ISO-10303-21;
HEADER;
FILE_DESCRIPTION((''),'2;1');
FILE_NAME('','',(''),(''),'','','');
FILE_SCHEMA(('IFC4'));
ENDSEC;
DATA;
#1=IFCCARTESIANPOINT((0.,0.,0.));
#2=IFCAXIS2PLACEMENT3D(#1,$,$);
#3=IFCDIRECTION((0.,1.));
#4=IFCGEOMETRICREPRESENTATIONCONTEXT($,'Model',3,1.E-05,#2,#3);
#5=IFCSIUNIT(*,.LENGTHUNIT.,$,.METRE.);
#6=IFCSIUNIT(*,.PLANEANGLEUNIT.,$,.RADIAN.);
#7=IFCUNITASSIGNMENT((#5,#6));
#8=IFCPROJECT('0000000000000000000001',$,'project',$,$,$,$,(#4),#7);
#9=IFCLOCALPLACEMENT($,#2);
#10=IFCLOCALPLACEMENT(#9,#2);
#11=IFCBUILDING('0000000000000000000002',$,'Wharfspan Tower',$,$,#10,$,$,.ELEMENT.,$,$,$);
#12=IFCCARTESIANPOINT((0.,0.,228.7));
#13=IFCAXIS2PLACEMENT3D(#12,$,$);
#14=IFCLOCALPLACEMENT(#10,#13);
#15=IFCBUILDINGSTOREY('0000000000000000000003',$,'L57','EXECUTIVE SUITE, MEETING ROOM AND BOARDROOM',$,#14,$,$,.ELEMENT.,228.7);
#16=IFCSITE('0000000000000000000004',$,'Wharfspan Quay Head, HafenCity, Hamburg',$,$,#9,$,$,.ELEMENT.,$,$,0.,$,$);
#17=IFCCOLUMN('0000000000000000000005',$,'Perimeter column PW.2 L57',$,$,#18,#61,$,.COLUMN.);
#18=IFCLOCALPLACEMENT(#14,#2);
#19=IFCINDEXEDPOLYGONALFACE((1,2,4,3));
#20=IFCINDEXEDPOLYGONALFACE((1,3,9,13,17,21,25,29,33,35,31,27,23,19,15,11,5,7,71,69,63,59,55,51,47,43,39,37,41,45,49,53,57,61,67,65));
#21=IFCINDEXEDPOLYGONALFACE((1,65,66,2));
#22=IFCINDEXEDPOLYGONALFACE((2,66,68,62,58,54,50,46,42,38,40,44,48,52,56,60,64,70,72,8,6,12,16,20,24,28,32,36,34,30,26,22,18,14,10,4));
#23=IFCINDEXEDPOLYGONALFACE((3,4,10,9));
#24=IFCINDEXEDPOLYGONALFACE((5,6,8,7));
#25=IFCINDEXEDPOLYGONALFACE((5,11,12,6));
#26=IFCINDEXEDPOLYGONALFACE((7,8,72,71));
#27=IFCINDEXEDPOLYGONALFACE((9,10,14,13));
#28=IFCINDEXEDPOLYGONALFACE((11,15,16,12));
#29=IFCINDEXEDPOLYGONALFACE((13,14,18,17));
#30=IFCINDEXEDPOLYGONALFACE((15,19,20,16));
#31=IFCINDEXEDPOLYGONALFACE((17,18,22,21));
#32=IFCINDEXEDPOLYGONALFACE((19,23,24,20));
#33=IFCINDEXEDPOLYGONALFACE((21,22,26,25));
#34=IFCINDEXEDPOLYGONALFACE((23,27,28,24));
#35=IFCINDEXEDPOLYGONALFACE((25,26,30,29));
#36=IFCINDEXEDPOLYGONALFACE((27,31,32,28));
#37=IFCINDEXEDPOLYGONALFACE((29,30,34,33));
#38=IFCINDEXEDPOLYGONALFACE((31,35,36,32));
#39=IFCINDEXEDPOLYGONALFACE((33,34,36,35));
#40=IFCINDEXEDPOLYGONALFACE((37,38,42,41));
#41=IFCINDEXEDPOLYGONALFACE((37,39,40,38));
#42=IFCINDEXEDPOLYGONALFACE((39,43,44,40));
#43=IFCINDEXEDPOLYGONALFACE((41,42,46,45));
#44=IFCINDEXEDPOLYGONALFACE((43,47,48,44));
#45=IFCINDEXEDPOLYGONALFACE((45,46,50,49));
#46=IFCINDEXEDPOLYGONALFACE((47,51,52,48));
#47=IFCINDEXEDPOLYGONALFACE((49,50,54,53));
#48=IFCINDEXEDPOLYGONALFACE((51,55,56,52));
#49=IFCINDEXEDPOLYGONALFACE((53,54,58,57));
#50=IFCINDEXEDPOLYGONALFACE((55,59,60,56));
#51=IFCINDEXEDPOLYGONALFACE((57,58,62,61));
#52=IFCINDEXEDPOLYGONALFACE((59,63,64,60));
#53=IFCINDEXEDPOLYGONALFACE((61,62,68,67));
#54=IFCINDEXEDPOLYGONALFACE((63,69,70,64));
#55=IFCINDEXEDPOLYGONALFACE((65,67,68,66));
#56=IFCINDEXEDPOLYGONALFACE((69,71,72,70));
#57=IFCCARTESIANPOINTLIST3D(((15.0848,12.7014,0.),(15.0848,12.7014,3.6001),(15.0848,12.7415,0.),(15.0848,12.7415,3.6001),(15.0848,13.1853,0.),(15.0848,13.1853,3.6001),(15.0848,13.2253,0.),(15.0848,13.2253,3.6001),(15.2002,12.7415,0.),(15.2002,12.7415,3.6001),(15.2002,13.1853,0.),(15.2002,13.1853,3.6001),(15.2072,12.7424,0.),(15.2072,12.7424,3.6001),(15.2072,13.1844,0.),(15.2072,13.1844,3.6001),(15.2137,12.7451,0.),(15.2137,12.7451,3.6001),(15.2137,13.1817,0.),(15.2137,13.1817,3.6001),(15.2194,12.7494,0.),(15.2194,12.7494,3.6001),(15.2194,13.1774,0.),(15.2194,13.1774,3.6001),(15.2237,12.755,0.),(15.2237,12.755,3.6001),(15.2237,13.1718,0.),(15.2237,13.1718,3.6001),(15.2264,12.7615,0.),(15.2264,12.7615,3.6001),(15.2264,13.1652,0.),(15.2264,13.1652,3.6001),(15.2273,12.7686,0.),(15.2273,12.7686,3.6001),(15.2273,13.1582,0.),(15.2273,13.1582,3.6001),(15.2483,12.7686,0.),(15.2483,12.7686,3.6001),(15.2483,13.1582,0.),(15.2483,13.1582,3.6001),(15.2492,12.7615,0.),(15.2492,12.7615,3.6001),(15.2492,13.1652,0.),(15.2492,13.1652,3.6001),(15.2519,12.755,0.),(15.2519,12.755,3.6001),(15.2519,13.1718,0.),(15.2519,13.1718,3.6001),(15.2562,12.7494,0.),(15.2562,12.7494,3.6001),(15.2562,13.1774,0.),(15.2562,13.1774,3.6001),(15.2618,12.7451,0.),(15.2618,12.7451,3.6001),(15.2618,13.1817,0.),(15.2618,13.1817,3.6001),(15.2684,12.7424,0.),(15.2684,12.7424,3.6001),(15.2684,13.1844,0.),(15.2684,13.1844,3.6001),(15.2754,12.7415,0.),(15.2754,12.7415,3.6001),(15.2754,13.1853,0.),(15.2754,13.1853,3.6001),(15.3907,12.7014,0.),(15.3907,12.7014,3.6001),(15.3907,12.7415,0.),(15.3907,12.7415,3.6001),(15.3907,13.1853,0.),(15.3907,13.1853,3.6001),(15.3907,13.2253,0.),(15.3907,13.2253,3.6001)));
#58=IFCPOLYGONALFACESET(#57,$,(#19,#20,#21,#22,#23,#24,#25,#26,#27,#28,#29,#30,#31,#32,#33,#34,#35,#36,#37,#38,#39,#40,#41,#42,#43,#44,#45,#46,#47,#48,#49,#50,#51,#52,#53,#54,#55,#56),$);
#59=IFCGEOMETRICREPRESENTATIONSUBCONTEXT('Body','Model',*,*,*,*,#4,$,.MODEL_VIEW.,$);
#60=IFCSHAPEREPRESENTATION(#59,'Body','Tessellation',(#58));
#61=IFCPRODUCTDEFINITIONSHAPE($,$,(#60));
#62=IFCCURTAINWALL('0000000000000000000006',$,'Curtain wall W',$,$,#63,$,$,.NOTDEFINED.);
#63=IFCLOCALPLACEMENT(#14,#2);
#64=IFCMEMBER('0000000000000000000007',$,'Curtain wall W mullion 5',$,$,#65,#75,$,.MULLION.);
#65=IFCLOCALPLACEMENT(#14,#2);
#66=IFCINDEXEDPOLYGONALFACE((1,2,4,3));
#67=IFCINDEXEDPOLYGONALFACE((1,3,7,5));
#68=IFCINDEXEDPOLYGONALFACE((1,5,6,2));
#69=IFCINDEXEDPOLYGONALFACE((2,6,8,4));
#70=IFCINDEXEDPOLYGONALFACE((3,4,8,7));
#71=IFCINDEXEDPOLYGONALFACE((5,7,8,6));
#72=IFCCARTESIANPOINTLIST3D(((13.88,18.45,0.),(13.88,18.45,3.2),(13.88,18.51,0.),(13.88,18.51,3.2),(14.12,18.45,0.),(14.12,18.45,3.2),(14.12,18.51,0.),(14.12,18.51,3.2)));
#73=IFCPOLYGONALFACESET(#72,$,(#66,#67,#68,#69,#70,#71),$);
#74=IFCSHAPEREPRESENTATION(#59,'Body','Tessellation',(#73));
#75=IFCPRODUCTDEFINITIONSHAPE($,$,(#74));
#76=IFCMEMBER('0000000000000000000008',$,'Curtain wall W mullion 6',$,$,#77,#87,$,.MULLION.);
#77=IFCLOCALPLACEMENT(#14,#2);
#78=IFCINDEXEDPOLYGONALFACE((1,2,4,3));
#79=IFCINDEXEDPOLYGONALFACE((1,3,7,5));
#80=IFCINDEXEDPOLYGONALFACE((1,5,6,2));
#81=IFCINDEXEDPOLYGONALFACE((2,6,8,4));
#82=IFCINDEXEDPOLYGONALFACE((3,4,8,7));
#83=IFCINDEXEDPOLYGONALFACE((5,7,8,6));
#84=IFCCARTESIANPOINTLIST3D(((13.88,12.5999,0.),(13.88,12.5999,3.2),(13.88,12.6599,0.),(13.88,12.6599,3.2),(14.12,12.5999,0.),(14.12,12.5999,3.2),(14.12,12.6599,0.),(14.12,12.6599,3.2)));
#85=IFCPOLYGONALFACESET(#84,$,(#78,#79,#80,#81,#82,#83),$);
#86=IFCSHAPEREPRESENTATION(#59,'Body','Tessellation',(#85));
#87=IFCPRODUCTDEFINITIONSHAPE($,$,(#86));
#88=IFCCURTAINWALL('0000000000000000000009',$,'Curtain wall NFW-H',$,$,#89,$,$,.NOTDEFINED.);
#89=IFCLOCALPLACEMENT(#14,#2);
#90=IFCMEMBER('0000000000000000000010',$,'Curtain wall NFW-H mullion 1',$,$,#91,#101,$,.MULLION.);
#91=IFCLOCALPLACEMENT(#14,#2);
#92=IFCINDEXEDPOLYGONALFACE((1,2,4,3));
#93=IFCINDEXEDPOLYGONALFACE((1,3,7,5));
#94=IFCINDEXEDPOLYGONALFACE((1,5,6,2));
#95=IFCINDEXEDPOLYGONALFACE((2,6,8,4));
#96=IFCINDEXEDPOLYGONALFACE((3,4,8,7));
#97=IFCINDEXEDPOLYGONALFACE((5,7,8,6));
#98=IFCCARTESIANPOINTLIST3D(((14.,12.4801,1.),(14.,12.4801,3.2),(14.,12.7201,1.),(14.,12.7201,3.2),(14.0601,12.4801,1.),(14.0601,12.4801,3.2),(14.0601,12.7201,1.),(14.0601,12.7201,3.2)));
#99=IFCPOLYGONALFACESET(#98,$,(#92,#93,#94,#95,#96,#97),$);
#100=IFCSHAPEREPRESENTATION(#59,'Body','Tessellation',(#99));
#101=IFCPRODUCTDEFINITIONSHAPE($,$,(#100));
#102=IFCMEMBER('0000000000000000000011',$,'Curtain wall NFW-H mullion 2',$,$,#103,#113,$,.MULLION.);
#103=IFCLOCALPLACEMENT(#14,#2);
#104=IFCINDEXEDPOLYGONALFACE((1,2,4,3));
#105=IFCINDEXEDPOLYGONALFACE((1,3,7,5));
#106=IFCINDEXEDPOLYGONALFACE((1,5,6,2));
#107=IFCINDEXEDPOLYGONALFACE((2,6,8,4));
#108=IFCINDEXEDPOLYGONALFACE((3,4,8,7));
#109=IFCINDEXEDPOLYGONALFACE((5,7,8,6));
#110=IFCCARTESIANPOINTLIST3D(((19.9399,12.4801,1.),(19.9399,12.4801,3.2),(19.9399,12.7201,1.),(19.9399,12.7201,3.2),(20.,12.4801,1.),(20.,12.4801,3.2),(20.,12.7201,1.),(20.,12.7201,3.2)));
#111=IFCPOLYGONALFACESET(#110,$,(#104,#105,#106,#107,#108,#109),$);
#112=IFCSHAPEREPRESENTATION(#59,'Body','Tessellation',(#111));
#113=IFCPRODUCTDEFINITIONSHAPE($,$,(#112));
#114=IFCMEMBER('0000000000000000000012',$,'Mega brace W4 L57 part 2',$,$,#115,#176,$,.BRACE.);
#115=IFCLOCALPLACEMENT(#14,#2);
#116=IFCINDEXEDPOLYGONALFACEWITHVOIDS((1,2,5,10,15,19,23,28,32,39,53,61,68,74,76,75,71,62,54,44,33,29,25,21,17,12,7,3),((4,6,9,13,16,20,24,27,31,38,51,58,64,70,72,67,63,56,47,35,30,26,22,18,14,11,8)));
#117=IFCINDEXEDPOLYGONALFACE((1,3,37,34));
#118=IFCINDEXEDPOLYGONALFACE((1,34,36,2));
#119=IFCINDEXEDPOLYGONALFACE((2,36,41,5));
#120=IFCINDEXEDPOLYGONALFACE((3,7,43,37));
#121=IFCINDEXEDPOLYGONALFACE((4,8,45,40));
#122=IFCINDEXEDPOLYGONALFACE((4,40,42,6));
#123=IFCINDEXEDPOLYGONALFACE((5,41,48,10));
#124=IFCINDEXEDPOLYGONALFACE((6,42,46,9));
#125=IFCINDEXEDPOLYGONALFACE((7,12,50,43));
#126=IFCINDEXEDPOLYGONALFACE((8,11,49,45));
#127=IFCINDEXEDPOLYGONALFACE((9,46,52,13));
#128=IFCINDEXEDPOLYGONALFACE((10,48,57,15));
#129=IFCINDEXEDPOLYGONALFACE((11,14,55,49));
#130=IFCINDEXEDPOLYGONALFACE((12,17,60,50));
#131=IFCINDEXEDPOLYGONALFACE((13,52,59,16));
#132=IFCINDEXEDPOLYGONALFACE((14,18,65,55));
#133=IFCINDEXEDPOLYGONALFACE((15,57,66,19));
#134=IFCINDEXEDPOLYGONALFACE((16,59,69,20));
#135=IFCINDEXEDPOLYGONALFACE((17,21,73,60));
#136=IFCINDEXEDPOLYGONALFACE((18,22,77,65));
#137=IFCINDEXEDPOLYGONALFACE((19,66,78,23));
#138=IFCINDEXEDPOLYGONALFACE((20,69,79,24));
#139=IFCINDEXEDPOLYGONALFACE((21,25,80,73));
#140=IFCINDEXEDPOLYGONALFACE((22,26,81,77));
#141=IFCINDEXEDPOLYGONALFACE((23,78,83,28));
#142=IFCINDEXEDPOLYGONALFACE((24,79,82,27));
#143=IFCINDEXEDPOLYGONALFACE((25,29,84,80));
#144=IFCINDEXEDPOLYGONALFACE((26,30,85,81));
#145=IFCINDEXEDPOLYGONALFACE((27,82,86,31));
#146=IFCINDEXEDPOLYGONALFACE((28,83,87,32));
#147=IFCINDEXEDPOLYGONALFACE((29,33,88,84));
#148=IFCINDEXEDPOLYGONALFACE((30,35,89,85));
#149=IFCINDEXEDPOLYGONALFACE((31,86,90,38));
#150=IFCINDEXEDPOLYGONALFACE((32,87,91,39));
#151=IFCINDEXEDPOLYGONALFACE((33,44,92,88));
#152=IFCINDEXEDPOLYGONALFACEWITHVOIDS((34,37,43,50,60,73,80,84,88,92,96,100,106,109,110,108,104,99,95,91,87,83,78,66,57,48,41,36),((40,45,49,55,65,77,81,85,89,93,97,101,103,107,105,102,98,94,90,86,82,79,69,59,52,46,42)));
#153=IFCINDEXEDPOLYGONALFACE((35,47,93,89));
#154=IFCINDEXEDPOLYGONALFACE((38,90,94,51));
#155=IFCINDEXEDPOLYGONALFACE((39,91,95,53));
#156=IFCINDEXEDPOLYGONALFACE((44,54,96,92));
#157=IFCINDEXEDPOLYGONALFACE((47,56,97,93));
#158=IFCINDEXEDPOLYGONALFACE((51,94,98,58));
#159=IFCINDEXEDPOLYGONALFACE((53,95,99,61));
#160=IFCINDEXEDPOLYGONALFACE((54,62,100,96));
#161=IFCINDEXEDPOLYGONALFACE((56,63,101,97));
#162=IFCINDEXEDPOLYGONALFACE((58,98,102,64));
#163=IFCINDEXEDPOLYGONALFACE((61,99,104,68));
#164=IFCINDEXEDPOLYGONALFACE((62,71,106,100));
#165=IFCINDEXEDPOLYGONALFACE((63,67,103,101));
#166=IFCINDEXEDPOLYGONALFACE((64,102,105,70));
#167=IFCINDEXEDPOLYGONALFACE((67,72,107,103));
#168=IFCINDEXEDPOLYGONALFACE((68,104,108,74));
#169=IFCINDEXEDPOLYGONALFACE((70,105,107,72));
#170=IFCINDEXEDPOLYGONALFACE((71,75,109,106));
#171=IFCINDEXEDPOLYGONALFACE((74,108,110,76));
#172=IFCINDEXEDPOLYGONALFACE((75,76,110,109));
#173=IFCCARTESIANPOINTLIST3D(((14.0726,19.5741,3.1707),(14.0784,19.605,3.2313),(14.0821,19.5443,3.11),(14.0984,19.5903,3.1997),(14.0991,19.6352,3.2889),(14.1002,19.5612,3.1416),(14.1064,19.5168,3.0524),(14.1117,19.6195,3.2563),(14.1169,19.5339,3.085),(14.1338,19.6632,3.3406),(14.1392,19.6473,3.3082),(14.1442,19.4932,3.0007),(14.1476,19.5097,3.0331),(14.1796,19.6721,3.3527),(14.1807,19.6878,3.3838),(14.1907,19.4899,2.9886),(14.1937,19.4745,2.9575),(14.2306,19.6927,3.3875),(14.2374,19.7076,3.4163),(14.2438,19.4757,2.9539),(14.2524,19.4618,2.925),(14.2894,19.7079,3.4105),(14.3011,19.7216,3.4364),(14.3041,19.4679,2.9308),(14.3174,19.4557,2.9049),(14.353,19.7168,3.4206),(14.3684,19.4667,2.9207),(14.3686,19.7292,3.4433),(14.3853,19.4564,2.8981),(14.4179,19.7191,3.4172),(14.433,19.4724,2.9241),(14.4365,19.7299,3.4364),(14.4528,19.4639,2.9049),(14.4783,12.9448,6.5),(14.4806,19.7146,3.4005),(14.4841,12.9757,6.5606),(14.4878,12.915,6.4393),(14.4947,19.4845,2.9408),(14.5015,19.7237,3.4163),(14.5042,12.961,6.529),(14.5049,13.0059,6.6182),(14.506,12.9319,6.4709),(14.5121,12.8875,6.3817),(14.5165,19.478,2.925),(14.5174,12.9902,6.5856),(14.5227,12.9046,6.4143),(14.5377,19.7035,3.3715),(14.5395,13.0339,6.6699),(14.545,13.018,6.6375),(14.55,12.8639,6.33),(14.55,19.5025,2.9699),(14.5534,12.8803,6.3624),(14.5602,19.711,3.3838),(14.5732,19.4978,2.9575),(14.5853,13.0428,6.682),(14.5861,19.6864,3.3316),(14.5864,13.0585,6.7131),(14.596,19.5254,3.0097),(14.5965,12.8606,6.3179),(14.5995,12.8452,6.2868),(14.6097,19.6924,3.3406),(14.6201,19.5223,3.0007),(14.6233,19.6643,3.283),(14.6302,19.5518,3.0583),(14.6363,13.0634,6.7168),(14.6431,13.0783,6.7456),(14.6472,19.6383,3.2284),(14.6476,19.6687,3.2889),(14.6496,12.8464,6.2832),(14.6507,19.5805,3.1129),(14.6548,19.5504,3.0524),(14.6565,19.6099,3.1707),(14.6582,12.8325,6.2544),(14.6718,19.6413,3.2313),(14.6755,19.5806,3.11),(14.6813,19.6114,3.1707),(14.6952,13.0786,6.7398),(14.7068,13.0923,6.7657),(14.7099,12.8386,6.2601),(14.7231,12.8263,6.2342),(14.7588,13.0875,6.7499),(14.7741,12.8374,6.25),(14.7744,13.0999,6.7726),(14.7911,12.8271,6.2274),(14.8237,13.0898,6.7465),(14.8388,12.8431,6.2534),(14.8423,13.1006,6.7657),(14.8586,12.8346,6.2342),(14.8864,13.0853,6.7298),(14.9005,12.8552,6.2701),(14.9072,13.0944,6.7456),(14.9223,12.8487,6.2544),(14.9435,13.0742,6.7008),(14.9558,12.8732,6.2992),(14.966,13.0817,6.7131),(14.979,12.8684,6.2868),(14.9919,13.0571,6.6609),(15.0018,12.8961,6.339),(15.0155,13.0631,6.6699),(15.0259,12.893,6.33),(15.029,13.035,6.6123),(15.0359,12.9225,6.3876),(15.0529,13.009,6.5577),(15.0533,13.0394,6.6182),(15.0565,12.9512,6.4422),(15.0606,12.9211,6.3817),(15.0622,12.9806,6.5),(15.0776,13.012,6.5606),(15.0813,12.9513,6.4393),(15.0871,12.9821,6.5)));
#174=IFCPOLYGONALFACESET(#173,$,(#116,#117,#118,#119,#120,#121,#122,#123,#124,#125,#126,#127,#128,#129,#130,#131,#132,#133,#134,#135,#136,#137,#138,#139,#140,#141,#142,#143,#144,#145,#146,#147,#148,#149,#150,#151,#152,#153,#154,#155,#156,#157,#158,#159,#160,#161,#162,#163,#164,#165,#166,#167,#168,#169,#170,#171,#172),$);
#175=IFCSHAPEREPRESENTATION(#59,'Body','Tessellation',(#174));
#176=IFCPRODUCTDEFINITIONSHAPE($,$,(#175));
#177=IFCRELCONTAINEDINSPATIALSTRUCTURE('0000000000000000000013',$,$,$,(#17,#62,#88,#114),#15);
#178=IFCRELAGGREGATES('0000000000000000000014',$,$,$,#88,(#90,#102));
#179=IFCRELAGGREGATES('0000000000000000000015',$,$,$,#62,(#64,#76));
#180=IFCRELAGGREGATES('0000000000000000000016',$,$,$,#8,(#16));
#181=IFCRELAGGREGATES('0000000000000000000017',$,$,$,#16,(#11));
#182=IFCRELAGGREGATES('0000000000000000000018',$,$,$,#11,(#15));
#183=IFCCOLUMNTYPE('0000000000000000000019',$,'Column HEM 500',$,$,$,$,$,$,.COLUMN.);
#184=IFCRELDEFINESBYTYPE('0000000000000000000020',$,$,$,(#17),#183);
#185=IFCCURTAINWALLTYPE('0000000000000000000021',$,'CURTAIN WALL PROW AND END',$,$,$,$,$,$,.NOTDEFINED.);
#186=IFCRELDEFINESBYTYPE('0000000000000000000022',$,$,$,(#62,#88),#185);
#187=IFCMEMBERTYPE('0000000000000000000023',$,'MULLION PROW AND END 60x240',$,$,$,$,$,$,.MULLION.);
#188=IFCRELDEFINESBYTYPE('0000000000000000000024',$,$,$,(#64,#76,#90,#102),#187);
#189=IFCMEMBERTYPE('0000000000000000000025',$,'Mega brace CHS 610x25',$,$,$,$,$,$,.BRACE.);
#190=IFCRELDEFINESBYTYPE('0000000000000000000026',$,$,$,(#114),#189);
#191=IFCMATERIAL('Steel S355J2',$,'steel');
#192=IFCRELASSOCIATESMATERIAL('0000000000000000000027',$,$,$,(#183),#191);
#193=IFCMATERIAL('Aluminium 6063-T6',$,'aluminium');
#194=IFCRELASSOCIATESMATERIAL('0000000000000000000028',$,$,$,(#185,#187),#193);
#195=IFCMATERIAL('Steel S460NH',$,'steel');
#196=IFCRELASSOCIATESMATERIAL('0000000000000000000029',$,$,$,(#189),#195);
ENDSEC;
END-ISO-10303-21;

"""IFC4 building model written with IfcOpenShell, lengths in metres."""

from ifc_helpers import new_model, si_unit, direction, frame, origin, origin_2d, place, context, subcontext, project, spatial, rectangle, hollow_circle, i_section, extrude, material, material_profile, profile_set, type_object, element, aggregate, save


model = new_model("IFC4")

# Units and contexts
model_context = context("Model", 3, precision=1e-05, world=origin(), true_north=direction((0.0, 1.0)))
body_context = subcontext(model_context, "Body", "Model", "MODEL_VIEW")
ifc_project = project(units=[si_unit("LENGTHUNIT", "METRE"), si_unit("PLANEANGLEUNIT", "RADIAN")], contexts=[model_context])

# Site, building, storey
site_placement = place(None, origin())
site = spatial("IfcSite", under=ifc_project, at=site_placement, Name="Wharfspan Quay Head, HafenCity, Hamburg", CompositionType="ELEMENT", RefElevation=0.0)
building_placement = place(site_placement, origin())
building = spatial("IfcBuilding", under=site, at=building_placement, Name="Wharfspan Tower", CompositionType="ELEMENT")
storey_placement = place(building_placement, frame((0.0, 0.0, 228.7)))
storey = spatial("IfcBuildingStorey", under=building, at=storey_placement, Name="L57", Description="EXECUTIVE SUITE, MEETING ROOM AND BOARDROOM", CompositionType="ELEMENT", Elevation=228.7)

# Column
ifc_material_1 = material(Name="Steel S355J2", Category="steel")
ifc_material_profile_1 = material_profile(ifc_material_1, i_section(OverallWidth=0.3059, OverallDepth=0.5239, WebThickness=0.021, FlangeThickness=0.04, FilletRadius=0.0271, at=origin_2d()))
ifc_profile_set_1 = profile_set([ifc_material_profile_1], Name="Steel S355J2")
column_type = type_object("IfcColumnType", Name="Column HEM 500", PredefinedType="COLUMN", material=ifc_profile_set_1)
column_placement = place(storey_placement, frame((15.2378, 12.9634, 0.0), z_axis=(0.0, 0.0, 1.0), x_axis=(-1.0, 0.0, 0.0)))
element("IfcColumn", 1, at=column_placement, inside=storey, type_object=column_type, Name="Perimeter column PW.2 L57", PredefinedType="COLUMN", context=body_context, shape_type="SweptSolid", body=[
    extrude(i_section(OverallWidth=0.3059, OverallDepth=0.5239, WebThickness=0.021, FlangeThickness=0.04, FilletRadius=0.0271, at=origin_2d()), origin(), (0.0, 0.0, 1.0), 3.6001),
])

# Curtain walls, members
ifc_material_2 = material(Name="Aluminium 6063-T6", Category="aluminium")
curtain_wall_type = type_object("IfcCurtainWallType", Name="CURTAIN WALL PROW AND END", PredefinedType="NOTDEFINED", material=ifc_material_2)
curtain_wall_1_placement = place(storey_placement, origin())
curtain_wall_1 = element("IfcCurtainWall", 2, at=curtain_wall_1_placement, inside=storey, type_object=curtain_wall_type, Name="Curtain wall W", PredefinedType="NOTDEFINED")
ifc_material_profile_2 = material_profile(ifc_material_2, rectangle(XDim=0.24, YDim=0.0601, at=origin_2d()))
ifc_profile_set_2 = profile_set([ifc_material_profile_2], Name="Aluminium 6063-T6")
member_type_1 = type_object("IfcMemberType", Name="MULLION PROW AND END 60x240", PredefinedType="MULLION", material=ifc_profile_set_2)
member_1_placement = place(storey_placement, frame((14.0, 18.48, 0.0), z_axis=(0.0, 0.0, 1.0), x_axis=(1.0, 0.0, 0.0)))
member_1 = element("IfcMember", 3, at=member_1_placement, type_object=member_type_1, Name="Curtain wall W mullion 5", PredefinedType="MULLION", context=body_context, shape_type="SweptSolid", body=[
    extrude(rectangle(XDim=0.24, YDim=0.0601, at=origin_2d()), origin(), (0.0, 0.0, 1.0), 3.2),
])
member_2_placement = place(storey_placement, frame((14.0, 12.6299, 0.0), z_axis=(0.0, 0.0, 1.0), x_axis=(1.0, 0.0, 0.0)))
member_2 = element("IfcMember", 4, at=member_2_placement, type_object=member_type_1, Name="Curtain wall W mullion 6", PredefinedType="MULLION", context=body_context, shape_type="SweptSolid", body=[
    extrude(rectangle(XDim=0.24, YDim=0.0601, at=origin_2d()), origin(), (0.0, 0.0, 1.0), 3.2),
])
curtain_wall_2_placement = place(storey_placement, origin())
curtain_wall_2 = element("IfcCurtainWall", 5, at=curtain_wall_2_placement, inside=storey, type_object=curtain_wall_type, Name="Curtain wall NFW-H", PredefinedType="NOTDEFINED")
member_3_placement = place(storey_placement, frame((14.03, 12.6001, 1.0), z_axis=(0.0, 0.0, 1.0), x_axis=(0.0, 1.0, 0.0)))
member_3 = element("IfcMember", 6, at=member_3_placement, type_object=member_type_1, Name="Curtain wall NFW-H mullion 1", PredefinedType="MULLION", context=body_context, shape_type="SweptSolid", body=[
    extrude(rectangle(XDim=0.24, YDim=0.0601, at=origin_2d()), origin(), (0.0, 0.0, 1.0), 2.2),
])
member_4_placement = place(storey_placement, frame((19.97, 12.6001, 1.0), z_axis=(0.0, 0.0, 1.0), x_axis=(0.0, 1.0, 0.0)))
member_4 = element("IfcMember", 7, at=member_4_placement, type_object=member_type_1, Name="Curtain wall NFW-H mullion 2", PredefinedType="MULLION", context=body_context, shape_type="SweptSolid", body=[
    extrude(rectangle(XDim=0.24, YDim=0.0601, at=origin_2d()), origin(), (0.0, 0.0, 1.0), 2.2),
])

# Member
ifc_material_3 = material(Name="Steel S460NH", Category="steel")
ifc_material_profile_3 = material_profile(ifc_material_3, hollow_circle(Radius=0.3049, WallThickness=0.0249, at=origin_2d()))
ifc_profile_set_3 = profile_set([ifc_material_profile_3], Name="Steel S460NH")
member_type_2 = type_object("IfcMemberType", Name="Mega brace CHS 610x25", PredefinedType="BRACE", material=ifc_profile_set_3)
for number, where, z_axis, x_axis, name in (
    (8, (14.377, 19.5928, 3.1707), (0.054615, -0.892302, 0.448123), (0.998132, 0.061091, -0.000003), "Mega brace W4 L57 part 2"),
):
    element("IfcMember", number, at=place(storey_placement, frame(where, z_axis=z_axis, x_axis=x_axis)), inside=storey, type_object=member_type_2, Name=name, PredefinedType="BRACE", context=body_context, shape_type="SweptSolid", body=[
        extrude(hollow_circle(Radius=0.3049, WallThickness=0.0249, at=origin_2d()), origin(), (0.0, 0.0, 1.0), 7.4294),
    ])

aggregate(curtain_wall_2, [member_3, member_4])
aggregate(curtain_wall_1, [member_1, member_2])

save(model, "model.ifc")
